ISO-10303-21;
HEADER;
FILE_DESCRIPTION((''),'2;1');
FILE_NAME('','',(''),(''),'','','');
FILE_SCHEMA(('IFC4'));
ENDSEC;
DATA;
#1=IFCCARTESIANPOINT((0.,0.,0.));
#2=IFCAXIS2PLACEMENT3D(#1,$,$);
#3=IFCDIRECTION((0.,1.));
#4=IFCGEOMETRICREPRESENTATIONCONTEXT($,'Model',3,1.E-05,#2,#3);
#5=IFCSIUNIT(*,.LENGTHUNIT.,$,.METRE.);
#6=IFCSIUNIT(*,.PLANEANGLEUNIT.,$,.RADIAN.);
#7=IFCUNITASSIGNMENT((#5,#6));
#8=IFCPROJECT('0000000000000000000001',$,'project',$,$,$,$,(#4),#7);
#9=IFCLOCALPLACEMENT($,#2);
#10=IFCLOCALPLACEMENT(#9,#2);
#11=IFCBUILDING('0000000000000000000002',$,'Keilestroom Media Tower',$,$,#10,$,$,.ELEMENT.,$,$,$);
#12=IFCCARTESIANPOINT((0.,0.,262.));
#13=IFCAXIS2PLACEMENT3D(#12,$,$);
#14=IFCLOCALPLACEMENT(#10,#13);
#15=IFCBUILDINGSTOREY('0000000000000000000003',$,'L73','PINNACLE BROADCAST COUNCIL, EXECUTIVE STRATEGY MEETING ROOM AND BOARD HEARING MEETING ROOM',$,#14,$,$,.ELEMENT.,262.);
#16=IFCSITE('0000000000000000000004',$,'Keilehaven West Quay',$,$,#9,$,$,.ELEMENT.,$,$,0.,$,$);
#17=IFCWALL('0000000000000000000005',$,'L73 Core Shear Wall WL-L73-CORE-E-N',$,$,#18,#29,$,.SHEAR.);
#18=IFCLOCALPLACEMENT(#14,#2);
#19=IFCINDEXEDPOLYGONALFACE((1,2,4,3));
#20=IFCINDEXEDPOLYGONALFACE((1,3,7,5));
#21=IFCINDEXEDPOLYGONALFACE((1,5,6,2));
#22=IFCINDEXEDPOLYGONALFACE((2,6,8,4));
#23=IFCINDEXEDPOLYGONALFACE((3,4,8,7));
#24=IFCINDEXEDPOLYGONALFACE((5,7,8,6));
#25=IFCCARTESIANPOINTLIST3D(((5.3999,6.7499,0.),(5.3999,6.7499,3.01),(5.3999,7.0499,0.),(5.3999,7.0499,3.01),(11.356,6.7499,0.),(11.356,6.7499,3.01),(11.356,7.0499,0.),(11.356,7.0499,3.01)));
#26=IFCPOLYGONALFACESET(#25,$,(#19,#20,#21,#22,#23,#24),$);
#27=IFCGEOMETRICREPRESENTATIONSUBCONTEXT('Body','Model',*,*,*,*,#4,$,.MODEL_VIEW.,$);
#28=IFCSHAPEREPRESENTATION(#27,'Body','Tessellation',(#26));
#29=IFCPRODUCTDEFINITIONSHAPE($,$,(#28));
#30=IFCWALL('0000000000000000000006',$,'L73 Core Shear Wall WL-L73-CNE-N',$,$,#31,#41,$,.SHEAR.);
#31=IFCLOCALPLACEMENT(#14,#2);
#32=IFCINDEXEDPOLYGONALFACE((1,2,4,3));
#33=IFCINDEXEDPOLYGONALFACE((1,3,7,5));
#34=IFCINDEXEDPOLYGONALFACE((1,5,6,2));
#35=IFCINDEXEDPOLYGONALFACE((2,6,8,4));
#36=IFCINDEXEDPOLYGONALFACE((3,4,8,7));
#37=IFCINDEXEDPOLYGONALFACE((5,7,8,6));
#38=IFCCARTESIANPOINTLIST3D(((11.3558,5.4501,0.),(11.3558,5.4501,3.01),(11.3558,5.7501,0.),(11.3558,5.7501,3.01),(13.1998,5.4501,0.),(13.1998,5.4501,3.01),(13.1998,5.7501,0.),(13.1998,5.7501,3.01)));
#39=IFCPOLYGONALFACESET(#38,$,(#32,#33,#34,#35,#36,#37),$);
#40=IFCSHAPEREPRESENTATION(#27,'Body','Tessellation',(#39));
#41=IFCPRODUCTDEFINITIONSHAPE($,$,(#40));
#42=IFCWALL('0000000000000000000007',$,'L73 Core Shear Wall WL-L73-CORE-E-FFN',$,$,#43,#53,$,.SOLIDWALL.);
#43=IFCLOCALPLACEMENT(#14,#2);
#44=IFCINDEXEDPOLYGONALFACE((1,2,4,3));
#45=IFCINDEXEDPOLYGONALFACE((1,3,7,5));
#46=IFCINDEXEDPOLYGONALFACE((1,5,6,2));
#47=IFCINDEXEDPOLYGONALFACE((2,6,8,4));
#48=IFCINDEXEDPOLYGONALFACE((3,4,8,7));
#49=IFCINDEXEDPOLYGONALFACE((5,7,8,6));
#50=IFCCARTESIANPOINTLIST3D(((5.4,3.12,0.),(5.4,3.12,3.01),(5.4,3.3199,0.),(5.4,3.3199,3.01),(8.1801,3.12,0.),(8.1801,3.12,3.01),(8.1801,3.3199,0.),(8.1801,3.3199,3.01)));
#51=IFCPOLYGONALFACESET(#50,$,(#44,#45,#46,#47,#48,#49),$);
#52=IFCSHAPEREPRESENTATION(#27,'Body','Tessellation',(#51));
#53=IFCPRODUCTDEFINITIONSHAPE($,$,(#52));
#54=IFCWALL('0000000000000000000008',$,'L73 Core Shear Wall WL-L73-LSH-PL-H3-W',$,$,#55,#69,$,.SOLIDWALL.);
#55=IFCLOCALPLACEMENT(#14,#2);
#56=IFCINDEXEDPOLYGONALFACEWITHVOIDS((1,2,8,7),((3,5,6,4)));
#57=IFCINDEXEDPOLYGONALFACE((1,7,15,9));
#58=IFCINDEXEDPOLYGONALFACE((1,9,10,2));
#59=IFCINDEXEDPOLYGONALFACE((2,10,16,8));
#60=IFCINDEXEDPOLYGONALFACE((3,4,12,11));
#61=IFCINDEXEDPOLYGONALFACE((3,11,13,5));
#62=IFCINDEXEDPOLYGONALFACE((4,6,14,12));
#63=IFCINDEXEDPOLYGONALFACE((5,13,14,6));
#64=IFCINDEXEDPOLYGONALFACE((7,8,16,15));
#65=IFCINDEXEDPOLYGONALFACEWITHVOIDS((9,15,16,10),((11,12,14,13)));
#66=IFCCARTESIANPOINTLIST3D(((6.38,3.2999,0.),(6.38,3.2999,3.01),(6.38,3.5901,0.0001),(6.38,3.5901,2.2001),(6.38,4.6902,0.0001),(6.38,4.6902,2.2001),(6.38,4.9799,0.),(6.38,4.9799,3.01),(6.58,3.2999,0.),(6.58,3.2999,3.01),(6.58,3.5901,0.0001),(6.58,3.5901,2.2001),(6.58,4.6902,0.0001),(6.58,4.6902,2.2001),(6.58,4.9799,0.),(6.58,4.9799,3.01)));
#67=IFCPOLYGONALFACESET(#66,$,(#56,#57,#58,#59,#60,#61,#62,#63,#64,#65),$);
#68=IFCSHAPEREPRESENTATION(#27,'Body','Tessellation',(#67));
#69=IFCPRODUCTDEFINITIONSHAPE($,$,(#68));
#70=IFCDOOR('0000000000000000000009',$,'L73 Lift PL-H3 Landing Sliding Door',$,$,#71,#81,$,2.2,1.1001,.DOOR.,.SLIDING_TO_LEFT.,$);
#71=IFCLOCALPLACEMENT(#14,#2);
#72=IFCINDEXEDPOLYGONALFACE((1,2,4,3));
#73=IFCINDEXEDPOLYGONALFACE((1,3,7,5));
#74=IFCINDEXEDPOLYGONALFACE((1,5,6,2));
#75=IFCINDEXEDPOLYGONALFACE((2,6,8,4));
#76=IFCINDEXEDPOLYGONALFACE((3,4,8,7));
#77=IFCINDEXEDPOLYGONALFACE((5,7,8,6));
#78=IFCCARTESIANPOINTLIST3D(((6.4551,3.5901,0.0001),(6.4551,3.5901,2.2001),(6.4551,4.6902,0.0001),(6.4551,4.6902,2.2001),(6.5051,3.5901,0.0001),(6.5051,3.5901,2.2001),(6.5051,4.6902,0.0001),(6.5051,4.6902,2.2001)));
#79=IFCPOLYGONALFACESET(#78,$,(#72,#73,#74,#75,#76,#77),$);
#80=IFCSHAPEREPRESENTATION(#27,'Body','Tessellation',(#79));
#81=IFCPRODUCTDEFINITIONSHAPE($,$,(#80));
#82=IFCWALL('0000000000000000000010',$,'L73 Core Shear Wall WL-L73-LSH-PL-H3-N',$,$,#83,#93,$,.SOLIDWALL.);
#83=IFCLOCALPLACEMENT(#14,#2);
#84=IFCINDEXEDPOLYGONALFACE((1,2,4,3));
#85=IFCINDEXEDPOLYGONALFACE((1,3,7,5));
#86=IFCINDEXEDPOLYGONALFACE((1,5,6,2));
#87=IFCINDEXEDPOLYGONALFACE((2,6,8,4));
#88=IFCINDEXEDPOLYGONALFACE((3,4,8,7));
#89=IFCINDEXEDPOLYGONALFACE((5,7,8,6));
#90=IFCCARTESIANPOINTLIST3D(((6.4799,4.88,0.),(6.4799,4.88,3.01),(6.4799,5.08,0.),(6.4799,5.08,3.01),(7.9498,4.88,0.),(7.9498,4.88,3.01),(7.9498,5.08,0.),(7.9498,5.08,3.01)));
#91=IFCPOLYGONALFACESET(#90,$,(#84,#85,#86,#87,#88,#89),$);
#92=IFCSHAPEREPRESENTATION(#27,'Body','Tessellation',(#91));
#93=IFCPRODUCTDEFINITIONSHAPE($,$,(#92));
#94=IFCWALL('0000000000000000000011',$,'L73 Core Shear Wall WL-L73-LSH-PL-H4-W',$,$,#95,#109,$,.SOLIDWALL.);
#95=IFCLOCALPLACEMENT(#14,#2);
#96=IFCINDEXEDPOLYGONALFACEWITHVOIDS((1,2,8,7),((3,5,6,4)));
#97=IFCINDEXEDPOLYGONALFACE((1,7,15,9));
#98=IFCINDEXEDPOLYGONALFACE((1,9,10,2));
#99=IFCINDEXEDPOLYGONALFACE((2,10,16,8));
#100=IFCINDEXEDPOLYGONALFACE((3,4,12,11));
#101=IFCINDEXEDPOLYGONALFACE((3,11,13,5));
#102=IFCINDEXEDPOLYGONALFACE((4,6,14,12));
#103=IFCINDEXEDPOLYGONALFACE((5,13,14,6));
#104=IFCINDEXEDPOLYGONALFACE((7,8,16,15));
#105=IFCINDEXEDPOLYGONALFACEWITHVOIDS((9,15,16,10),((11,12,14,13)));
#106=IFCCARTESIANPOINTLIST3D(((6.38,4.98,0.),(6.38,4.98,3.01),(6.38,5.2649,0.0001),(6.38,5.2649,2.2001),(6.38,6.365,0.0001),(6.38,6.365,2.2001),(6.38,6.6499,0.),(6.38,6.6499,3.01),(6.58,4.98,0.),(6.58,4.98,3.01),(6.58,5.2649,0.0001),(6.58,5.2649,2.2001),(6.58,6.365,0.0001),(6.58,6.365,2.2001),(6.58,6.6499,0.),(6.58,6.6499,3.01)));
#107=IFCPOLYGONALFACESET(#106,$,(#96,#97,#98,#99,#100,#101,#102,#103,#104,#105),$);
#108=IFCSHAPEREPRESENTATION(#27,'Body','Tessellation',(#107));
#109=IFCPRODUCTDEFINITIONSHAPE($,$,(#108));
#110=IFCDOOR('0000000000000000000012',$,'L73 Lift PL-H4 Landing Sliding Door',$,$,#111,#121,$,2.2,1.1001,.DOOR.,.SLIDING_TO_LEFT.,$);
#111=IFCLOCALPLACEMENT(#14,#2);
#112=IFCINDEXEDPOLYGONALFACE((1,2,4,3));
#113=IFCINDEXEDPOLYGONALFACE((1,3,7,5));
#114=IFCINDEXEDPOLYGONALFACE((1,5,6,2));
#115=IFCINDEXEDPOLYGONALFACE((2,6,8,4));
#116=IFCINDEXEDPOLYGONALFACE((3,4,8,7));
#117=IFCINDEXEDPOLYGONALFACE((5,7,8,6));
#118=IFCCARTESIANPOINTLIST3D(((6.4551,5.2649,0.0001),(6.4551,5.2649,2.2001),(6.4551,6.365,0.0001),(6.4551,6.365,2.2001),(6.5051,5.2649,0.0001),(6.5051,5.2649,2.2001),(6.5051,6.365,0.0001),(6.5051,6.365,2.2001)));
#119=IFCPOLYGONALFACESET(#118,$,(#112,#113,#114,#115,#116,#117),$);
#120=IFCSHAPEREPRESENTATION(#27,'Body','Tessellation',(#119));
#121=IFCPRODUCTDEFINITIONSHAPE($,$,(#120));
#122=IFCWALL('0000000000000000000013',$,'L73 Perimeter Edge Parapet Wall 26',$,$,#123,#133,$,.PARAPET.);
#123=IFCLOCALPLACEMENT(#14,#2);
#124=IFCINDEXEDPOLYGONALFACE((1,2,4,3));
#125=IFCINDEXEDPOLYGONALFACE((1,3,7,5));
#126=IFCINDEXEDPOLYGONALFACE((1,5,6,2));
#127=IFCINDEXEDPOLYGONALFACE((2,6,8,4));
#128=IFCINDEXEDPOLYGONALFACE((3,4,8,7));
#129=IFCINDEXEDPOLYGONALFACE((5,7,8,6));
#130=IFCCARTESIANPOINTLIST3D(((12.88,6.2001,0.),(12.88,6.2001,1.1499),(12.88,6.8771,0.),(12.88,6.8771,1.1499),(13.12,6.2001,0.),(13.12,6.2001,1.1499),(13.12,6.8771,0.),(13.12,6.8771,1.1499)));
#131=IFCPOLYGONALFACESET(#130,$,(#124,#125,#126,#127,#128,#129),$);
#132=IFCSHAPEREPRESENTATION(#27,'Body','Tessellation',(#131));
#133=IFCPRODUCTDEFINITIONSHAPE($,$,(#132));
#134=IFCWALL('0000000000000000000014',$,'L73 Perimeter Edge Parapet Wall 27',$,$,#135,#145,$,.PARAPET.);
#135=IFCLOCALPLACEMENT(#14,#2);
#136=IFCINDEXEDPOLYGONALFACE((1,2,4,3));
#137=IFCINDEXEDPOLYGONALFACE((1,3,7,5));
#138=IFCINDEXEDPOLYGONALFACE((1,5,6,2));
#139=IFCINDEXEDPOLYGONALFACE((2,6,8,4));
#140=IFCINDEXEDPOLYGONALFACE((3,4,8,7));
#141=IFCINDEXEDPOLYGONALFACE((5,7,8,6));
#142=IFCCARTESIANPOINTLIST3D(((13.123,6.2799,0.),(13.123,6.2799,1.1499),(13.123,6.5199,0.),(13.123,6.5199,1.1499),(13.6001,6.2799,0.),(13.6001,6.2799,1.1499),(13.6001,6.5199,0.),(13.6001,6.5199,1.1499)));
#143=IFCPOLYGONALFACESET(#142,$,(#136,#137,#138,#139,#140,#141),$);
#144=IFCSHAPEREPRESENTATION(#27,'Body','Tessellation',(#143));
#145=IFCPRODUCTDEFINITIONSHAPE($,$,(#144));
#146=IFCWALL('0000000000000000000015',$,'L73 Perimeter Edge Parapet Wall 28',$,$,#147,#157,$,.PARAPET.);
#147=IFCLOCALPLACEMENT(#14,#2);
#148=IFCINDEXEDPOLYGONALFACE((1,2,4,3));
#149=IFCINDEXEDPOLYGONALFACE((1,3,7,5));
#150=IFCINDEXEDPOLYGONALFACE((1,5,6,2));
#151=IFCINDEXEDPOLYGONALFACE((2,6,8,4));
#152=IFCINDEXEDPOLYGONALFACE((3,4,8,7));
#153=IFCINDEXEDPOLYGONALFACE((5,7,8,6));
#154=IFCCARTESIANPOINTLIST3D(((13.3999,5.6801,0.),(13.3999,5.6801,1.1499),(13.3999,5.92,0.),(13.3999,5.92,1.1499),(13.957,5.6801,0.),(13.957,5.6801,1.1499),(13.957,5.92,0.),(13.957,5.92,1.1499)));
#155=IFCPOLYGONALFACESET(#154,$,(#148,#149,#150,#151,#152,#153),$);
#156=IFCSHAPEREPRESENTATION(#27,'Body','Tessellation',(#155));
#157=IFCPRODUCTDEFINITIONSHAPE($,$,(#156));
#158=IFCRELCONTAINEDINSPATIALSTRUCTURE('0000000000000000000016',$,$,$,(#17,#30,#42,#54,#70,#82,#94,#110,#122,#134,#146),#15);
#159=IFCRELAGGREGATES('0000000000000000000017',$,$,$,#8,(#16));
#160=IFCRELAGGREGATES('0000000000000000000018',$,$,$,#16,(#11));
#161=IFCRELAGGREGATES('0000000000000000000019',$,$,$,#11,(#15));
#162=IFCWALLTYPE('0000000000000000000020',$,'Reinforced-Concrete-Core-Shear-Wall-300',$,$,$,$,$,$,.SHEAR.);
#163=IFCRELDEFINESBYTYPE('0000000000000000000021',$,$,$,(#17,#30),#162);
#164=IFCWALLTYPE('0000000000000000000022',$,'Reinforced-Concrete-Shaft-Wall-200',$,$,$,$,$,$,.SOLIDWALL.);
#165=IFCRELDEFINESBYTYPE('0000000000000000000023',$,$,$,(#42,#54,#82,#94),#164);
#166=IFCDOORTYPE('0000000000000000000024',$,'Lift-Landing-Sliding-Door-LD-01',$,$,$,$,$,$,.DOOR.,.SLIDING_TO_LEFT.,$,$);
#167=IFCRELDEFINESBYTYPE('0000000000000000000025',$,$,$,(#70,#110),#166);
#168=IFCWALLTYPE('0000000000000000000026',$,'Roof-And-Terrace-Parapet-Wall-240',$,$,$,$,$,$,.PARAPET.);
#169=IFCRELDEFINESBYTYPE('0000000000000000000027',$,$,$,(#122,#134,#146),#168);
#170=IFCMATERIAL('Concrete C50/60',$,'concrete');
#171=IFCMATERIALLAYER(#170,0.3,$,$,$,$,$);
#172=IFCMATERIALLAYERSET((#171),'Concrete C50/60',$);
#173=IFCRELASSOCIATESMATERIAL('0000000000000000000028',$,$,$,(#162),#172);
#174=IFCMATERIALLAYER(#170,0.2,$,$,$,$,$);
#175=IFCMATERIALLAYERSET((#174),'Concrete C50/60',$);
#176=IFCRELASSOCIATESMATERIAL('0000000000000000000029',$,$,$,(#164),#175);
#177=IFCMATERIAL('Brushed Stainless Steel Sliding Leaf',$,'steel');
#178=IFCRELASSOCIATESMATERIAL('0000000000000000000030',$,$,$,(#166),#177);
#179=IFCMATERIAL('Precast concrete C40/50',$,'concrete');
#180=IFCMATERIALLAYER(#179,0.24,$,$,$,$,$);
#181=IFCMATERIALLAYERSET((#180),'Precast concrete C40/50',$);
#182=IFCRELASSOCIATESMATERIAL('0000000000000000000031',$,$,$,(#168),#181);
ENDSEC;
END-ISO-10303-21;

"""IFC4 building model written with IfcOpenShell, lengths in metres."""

from ifc_helpers import new_model, si_unit, direction, frame, frame_2d, origin, place, context, subcontext, project, spatial, rectangle, extrude, source, transform, mapped, material, layer, layer_set, type_object, element, fill, save


model = new_model("IFC4")

# Units and contexts
model_context = context("Model", 3, precision=1e-05, world=origin(), true_north=direction((0.0, 1.0)))
body_context = subcontext(model_context, "Body", "Model", "MODEL_VIEW")
ifc_project = project(units=[si_unit("LENGTHUNIT", "METRE"), si_unit("PLANEANGLEUNIT", "RADIAN")], contexts=[model_context])

# Site, building, storey
site_placement = place(None, origin())
site = spatial("IfcSite", under=ifc_project, at=site_placement, Name="Keilehaven West Quay", CompositionType="ELEMENT", RefElevation=0.0)
building_placement = place(site_placement, origin())
building = spatial("IfcBuilding", under=site, at=building_placement, Name="Keilestroom Media Tower", CompositionType="ELEMENT")
storey_placement = place(building_placement, frame((0.0, 0.0, 262.0)))
storey = spatial("IfcBuildingStorey", under=building, at=storey_placement, Name="L73", Description="PINNACLE BROADCAST COUNCIL, EXECUTIVE STRATEGY MEETING ROOM AND BOARD HEARING MEETING ROOM", CompositionType="ELEMENT", Elevation=262.0)

# Shared definitions
ifc_material_1 = material(Name="Precast concrete C40/50", Category="concrete")

# Walls
ifc_material_2 = material(Name="Concrete C50/60", Category="concrete")
ifc_layer_1 = layer(ifc_material_2, 0.3)
ifc_layer_set_1 = layer_set([ifc_layer_1], Name="Concrete C50/60")
wall_type_1 = type_object("IfcWallType", Name="Reinforced-Concrete-Core-Shear-Wall-300", PredefinedType="SHEAR", material=ifc_layer_set_1)
wall_1_placement = place(storey_placement, frame((5.3999, 6.8999, 0.0), z_axis=(0.0, 0.0, 1.0), x_axis=(1.0, 0.0, 0.0)))
element("IfcWall", 1, at=wall_1_placement, inside=storey, type_object=wall_type_1, Name="L73 Core Shear Wall WL-L73-CORE-E-N", PredefinedType="SHEAR", context=body_context, shape_type="SweptSolid", body=[
    extrude(rectangle(XDim=5.9561, YDim=0.3, at=frame_2d((2.978, 0.0))), origin(), (0.0, 0.0, 1.0), 3.01),
])
wall_2_placement = place(storey_placement, frame((11.356, 5.6001, 0.0), z_axis=(0.0, 0.0, 1.0), x_axis=(1.0, 0.0, 0.0)))
element("IfcWall", 2, at=wall_2_placement, inside=storey, type_object=wall_type_1, Name="L73 Core Shear Wall WL-L73-CNE-N", PredefinedType="SHEAR", context=body_context, shape_type="SweptSolid", body=[
    extrude(rectangle(XDim=1.844, YDim=0.3, at=frame_2d((0.9219, 0.0))), origin(), (0.0, 0.0, 1.0), 3.01),
])
ifc_layer_2 = layer(ifc_material_2, 0.2)
ifc_layer_set_2 = layer_set([ifc_layer_2], Name="Concrete C50/60")
wall_type_2 = type_object("IfcWallType", Name="Reinforced-Concrete-Shaft-Wall-200", PredefinedType="SOLIDWALL", material=ifc_layer_set_2)
wall_3_placement = place(storey_placement, frame((5.3999, 3.22, 0.0), z_axis=(0.0, 0.0, 1.0), x_axis=(1.0, 0.0, 0.0)))
element("IfcWall", 3, at=wall_3_placement, inside=storey, type_object=wall_type_2, Name="L73 Core Shear Wall WL-L73-CORE-E-FFN", PredefinedType="SOLIDWALL", context=body_context, shape_type="SweptSolid", body=[
    extrude(rectangle(XDim=2.78, YDim=0.2, at=frame_2d((1.3901, 0.0))), origin(), (0.0, 0.0, 1.0), 3.01),
])

# Wall, opening, door
wall_4_placement = place(storey_placement, frame((6.48, 3.3, 0.0), z_axis=(0.0, 0.0, 1.0), x_axis=(0.0, 1.0, 0.0)))
wall_4 = element("IfcWall", 4, at=wall_4_placement, inside=storey, type_object=wall_type_2, Name="L73 Core Shear Wall WL-L73-LSH-PL-H3-W", PredefinedType="SOLIDWALL", context=body_context, shape_type="SweptSolid", body=[
    extrude(rectangle(XDim=1.6799, YDim=0.2, at=frame_2d((0.8398, 0.0))), origin(), (0.0, 0.0, 1.0), 3.01),
])
opening_1_placement = place(wall_4_placement, frame((0.29, 0.0, 0.0)))
opening_1 = element("IfcOpeningElement", 5, at=opening_1_placement, cuts=wall_4, PredefinedType="OPENING", context=body_context, shape_type="SweptSolid", body=[
    extrude(rectangle(XDim=1.1001, YDim=2.2, at=frame_2d((0.55, 1.1001))), frame((0.0, 0.1099, 0.0), z_axis=(0.0, -1.0, 0.0), x_axis=(1.0, 0.0, 0.0)), (0.0, 0.0, 1.0), 0.22),
])
ifc_material_3 = material(Name="Brushed Stainless Steel Sliding Leaf", Category="steel")
door_type = type_object("IfcDoorType", Name="Lift-Landing-Sliding-Door-LD-01", OperationType="SLIDING_TO_LEFT", PredefinedType="DOOR", material=ifc_material_3)
shared_shape_1 = source(origin(), body_context, "Body", "SweptSolid", [
    extrude(rectangle(XDim=1.1001, YDim=2.2, at=frame_2d((0.55, 1.1001))), frame((0.0, 0.0249, 0.0), z_axis=(0.0, -1.0, 0.0), x_axis=(1.0, 0.0, 0.0)), (0.0, 0.0, 1.0), 0.05),
])
door_1_placement = place(opening_1_placement, origin())
door_1 = element("IfcDoor", 6, at=door_1_placement, inside=storey, type_object=door_type, Name="L73 Lift PL-H3 Landing Sliding Door", OperationType="SLIDING_TO_LEFT", OverallHeight=2.2, OverallWidth=1.1001, PredefinedType="DOOR", context=body_context, shape_type="MappedRepresentation", body=[
    mapped(shared_shape_1, transform((0.0, 0.0, 0.0), x_axis=(1.0, 0.0, 0.0), y_axis=(0.0, 1.0, 0.0), z_axis=(0.0, 0.0, 1.0), scale=1.0)),
])
fill(opening_1, door_1)

# Wall
wall_5_placement = place(storey_placement, frame((6.48, 4.98, 0.0), z_axis=(0.0, 0.0, 1.0), x_axis=(1.0, 0.0, 0.0)))
element("IfcWall", 7, at=wall_5_placement, inside=storey, type_object=wall_type_2, Name="L73 Core Shear Wall WL-L73-LSH-PL-H3-N", PredefinedType="SOLIDWALL", context=body_context, shape_type="SweptSolid", body=[
    extrude(rectangle(XDim=1.47, YDim=0.2, at=frame_2d((0.7349, 0.0))), origin(), (0.0, 0.0, 1.0), 3.01),
])

# Wall, opening, door
wall_6_placement = place(storey_placement, frame((6.48, 4.98, 0.0), z_axis=(0.0, 0.0, 1.0), x_axis=(0.0, 1.0, 0.0)))
wall_6 = element("IfcWall", 8, at=wall_6_placement, inside=storey, type_object=wall_type_2, Name="L73 Core Shear Wall WL-L73-LSH-PL-H4-W", PredefinedType="SOLIDWALL", context=body_context, shape_type="SweptSolid", body=[
    extrude(rectangle(XDim=1.6699, YDim=0.2, at=frame_2d((0.835, 0.0))), origin(), (0.0, 0.0, 1.0), 3.01),
])
opening_2_placement = place(wall_6_placement, frame((0.2849, 0.0, 0.0)))
opening_2 = element("IfcOpeningElement", 9, at=opening_2_placement, cuts=wall_6, PredefinedType="OPENING", context=body_context, shape_type="SweptSolid", body=[
    extrude(rectangle(XDim=1.1001, YDim=2.2, at=frame_2d((0.55, 1.1001))), frame((0.0, 0.1099, 0.0), z_axis=(0.0, -1.0, 0.0), x_axis=(1.0, 0.0, 0.0)), (0.0, 0.0, 1.0), 0.22),
])
door_2_placement = place(opening_2_placement, origin())
door_2 = element("IfcDoor", 10, at=door_2_placement, inside=storey, type_object=door_type, Name="L73 Lift PL-H4 Landing Sliding Door", OperationType="SLIDING_TO_LEFT", OverallHeight=2.2, OverallWidth=1.1001, PredefinedType="DOOR", context=body_context, shape_type="MappedRepresentation", body=[
    mapped(shared_shape_1, transform((0.0, 0.0, 0.0), x_axis=(1.0, 0.0, 0.0), y_axis=(0.0, 1.0, 0.0), z_axis=(0.0, 0.0, 1.0), scale=1.0)),
])
fill(opening_2, door_2)

# Walls
ifc_layer_3 = layer(ifc_material_1, 0.24)
ifc_layer_set_3 = layer_set([ifc_layer_3], Name="Precast concrete C40/50")
wall_type_3 = type_object("IfcWallType", Name="Roof-And-Terrace-Parapet-Wall-240", PredefinedType="PARAPET", material=ifc_layer_set_3)
wall_7_placement = place(storey_placement, frame((13.0, 6.877, 0.0), z_axis=(0.0, 0.0, 1.0), x_axis=(0.0, -1.0, 0.0)))
element("IfcWall", 11, at=wall_7_placement, inside=storey, type_object=wall_type_3, Name="L73 Perimeter Edge Parapet Wall 26", PredefinedType="PARAPET", context=body_context, shape_type="SweptSolid", body=[
    extrude(rectangle(XDim=0.677, YDim=0.24, at=frame_2d((0.3384, 0.0))), origin(), (0.0, 0.0, 1.0), 1.1499),
])
wall_8_placement = place(storey_placement, frame((13.123, 6.3999, 0.0), z_axis=(0.0, 0.0, 1.0), x_axis=(1.0, 0.0, 0.0)))
element("IfcWall", 12, at=wall_8_placement, inside=storey, type_object=wall_type_3, Name="L73 Perimeter Edge Parapet Wall 27", PredefinedType="PARAPET", context=body_context, shape_type="SweptSolid", body=[
    extrude(rectangle(XDim=0.4771, YDim=0.24, at=frame_2d((0.2385, 0.0))), origin(), (0.0, 0.0, 1.0), 1.1499),
])
wall_9_placement = place(storey_placement, frame((13.3999, 5.8, 0.0), z_axis=(0.0, 0.0, 1.0), x_axis=(1.0, 0.0, 0.0)))
element("IfcWall", 13, at=wall_9_placement, inside=storey, type_object=wall_type_3, Name="L73 Perimeter Edge Parapet Wall 28", PredefinedType="PARAPET", context=body_context, shape_type="SweptSolid", body=[
    extrude(rectangle(XDim=0.5571, YDim=0.24, at=frame_2d((0.2786, 0.0))), origin(), (0.0, 0.0, 1.0), 1.1499),
])

save(model, "model.ifc")
